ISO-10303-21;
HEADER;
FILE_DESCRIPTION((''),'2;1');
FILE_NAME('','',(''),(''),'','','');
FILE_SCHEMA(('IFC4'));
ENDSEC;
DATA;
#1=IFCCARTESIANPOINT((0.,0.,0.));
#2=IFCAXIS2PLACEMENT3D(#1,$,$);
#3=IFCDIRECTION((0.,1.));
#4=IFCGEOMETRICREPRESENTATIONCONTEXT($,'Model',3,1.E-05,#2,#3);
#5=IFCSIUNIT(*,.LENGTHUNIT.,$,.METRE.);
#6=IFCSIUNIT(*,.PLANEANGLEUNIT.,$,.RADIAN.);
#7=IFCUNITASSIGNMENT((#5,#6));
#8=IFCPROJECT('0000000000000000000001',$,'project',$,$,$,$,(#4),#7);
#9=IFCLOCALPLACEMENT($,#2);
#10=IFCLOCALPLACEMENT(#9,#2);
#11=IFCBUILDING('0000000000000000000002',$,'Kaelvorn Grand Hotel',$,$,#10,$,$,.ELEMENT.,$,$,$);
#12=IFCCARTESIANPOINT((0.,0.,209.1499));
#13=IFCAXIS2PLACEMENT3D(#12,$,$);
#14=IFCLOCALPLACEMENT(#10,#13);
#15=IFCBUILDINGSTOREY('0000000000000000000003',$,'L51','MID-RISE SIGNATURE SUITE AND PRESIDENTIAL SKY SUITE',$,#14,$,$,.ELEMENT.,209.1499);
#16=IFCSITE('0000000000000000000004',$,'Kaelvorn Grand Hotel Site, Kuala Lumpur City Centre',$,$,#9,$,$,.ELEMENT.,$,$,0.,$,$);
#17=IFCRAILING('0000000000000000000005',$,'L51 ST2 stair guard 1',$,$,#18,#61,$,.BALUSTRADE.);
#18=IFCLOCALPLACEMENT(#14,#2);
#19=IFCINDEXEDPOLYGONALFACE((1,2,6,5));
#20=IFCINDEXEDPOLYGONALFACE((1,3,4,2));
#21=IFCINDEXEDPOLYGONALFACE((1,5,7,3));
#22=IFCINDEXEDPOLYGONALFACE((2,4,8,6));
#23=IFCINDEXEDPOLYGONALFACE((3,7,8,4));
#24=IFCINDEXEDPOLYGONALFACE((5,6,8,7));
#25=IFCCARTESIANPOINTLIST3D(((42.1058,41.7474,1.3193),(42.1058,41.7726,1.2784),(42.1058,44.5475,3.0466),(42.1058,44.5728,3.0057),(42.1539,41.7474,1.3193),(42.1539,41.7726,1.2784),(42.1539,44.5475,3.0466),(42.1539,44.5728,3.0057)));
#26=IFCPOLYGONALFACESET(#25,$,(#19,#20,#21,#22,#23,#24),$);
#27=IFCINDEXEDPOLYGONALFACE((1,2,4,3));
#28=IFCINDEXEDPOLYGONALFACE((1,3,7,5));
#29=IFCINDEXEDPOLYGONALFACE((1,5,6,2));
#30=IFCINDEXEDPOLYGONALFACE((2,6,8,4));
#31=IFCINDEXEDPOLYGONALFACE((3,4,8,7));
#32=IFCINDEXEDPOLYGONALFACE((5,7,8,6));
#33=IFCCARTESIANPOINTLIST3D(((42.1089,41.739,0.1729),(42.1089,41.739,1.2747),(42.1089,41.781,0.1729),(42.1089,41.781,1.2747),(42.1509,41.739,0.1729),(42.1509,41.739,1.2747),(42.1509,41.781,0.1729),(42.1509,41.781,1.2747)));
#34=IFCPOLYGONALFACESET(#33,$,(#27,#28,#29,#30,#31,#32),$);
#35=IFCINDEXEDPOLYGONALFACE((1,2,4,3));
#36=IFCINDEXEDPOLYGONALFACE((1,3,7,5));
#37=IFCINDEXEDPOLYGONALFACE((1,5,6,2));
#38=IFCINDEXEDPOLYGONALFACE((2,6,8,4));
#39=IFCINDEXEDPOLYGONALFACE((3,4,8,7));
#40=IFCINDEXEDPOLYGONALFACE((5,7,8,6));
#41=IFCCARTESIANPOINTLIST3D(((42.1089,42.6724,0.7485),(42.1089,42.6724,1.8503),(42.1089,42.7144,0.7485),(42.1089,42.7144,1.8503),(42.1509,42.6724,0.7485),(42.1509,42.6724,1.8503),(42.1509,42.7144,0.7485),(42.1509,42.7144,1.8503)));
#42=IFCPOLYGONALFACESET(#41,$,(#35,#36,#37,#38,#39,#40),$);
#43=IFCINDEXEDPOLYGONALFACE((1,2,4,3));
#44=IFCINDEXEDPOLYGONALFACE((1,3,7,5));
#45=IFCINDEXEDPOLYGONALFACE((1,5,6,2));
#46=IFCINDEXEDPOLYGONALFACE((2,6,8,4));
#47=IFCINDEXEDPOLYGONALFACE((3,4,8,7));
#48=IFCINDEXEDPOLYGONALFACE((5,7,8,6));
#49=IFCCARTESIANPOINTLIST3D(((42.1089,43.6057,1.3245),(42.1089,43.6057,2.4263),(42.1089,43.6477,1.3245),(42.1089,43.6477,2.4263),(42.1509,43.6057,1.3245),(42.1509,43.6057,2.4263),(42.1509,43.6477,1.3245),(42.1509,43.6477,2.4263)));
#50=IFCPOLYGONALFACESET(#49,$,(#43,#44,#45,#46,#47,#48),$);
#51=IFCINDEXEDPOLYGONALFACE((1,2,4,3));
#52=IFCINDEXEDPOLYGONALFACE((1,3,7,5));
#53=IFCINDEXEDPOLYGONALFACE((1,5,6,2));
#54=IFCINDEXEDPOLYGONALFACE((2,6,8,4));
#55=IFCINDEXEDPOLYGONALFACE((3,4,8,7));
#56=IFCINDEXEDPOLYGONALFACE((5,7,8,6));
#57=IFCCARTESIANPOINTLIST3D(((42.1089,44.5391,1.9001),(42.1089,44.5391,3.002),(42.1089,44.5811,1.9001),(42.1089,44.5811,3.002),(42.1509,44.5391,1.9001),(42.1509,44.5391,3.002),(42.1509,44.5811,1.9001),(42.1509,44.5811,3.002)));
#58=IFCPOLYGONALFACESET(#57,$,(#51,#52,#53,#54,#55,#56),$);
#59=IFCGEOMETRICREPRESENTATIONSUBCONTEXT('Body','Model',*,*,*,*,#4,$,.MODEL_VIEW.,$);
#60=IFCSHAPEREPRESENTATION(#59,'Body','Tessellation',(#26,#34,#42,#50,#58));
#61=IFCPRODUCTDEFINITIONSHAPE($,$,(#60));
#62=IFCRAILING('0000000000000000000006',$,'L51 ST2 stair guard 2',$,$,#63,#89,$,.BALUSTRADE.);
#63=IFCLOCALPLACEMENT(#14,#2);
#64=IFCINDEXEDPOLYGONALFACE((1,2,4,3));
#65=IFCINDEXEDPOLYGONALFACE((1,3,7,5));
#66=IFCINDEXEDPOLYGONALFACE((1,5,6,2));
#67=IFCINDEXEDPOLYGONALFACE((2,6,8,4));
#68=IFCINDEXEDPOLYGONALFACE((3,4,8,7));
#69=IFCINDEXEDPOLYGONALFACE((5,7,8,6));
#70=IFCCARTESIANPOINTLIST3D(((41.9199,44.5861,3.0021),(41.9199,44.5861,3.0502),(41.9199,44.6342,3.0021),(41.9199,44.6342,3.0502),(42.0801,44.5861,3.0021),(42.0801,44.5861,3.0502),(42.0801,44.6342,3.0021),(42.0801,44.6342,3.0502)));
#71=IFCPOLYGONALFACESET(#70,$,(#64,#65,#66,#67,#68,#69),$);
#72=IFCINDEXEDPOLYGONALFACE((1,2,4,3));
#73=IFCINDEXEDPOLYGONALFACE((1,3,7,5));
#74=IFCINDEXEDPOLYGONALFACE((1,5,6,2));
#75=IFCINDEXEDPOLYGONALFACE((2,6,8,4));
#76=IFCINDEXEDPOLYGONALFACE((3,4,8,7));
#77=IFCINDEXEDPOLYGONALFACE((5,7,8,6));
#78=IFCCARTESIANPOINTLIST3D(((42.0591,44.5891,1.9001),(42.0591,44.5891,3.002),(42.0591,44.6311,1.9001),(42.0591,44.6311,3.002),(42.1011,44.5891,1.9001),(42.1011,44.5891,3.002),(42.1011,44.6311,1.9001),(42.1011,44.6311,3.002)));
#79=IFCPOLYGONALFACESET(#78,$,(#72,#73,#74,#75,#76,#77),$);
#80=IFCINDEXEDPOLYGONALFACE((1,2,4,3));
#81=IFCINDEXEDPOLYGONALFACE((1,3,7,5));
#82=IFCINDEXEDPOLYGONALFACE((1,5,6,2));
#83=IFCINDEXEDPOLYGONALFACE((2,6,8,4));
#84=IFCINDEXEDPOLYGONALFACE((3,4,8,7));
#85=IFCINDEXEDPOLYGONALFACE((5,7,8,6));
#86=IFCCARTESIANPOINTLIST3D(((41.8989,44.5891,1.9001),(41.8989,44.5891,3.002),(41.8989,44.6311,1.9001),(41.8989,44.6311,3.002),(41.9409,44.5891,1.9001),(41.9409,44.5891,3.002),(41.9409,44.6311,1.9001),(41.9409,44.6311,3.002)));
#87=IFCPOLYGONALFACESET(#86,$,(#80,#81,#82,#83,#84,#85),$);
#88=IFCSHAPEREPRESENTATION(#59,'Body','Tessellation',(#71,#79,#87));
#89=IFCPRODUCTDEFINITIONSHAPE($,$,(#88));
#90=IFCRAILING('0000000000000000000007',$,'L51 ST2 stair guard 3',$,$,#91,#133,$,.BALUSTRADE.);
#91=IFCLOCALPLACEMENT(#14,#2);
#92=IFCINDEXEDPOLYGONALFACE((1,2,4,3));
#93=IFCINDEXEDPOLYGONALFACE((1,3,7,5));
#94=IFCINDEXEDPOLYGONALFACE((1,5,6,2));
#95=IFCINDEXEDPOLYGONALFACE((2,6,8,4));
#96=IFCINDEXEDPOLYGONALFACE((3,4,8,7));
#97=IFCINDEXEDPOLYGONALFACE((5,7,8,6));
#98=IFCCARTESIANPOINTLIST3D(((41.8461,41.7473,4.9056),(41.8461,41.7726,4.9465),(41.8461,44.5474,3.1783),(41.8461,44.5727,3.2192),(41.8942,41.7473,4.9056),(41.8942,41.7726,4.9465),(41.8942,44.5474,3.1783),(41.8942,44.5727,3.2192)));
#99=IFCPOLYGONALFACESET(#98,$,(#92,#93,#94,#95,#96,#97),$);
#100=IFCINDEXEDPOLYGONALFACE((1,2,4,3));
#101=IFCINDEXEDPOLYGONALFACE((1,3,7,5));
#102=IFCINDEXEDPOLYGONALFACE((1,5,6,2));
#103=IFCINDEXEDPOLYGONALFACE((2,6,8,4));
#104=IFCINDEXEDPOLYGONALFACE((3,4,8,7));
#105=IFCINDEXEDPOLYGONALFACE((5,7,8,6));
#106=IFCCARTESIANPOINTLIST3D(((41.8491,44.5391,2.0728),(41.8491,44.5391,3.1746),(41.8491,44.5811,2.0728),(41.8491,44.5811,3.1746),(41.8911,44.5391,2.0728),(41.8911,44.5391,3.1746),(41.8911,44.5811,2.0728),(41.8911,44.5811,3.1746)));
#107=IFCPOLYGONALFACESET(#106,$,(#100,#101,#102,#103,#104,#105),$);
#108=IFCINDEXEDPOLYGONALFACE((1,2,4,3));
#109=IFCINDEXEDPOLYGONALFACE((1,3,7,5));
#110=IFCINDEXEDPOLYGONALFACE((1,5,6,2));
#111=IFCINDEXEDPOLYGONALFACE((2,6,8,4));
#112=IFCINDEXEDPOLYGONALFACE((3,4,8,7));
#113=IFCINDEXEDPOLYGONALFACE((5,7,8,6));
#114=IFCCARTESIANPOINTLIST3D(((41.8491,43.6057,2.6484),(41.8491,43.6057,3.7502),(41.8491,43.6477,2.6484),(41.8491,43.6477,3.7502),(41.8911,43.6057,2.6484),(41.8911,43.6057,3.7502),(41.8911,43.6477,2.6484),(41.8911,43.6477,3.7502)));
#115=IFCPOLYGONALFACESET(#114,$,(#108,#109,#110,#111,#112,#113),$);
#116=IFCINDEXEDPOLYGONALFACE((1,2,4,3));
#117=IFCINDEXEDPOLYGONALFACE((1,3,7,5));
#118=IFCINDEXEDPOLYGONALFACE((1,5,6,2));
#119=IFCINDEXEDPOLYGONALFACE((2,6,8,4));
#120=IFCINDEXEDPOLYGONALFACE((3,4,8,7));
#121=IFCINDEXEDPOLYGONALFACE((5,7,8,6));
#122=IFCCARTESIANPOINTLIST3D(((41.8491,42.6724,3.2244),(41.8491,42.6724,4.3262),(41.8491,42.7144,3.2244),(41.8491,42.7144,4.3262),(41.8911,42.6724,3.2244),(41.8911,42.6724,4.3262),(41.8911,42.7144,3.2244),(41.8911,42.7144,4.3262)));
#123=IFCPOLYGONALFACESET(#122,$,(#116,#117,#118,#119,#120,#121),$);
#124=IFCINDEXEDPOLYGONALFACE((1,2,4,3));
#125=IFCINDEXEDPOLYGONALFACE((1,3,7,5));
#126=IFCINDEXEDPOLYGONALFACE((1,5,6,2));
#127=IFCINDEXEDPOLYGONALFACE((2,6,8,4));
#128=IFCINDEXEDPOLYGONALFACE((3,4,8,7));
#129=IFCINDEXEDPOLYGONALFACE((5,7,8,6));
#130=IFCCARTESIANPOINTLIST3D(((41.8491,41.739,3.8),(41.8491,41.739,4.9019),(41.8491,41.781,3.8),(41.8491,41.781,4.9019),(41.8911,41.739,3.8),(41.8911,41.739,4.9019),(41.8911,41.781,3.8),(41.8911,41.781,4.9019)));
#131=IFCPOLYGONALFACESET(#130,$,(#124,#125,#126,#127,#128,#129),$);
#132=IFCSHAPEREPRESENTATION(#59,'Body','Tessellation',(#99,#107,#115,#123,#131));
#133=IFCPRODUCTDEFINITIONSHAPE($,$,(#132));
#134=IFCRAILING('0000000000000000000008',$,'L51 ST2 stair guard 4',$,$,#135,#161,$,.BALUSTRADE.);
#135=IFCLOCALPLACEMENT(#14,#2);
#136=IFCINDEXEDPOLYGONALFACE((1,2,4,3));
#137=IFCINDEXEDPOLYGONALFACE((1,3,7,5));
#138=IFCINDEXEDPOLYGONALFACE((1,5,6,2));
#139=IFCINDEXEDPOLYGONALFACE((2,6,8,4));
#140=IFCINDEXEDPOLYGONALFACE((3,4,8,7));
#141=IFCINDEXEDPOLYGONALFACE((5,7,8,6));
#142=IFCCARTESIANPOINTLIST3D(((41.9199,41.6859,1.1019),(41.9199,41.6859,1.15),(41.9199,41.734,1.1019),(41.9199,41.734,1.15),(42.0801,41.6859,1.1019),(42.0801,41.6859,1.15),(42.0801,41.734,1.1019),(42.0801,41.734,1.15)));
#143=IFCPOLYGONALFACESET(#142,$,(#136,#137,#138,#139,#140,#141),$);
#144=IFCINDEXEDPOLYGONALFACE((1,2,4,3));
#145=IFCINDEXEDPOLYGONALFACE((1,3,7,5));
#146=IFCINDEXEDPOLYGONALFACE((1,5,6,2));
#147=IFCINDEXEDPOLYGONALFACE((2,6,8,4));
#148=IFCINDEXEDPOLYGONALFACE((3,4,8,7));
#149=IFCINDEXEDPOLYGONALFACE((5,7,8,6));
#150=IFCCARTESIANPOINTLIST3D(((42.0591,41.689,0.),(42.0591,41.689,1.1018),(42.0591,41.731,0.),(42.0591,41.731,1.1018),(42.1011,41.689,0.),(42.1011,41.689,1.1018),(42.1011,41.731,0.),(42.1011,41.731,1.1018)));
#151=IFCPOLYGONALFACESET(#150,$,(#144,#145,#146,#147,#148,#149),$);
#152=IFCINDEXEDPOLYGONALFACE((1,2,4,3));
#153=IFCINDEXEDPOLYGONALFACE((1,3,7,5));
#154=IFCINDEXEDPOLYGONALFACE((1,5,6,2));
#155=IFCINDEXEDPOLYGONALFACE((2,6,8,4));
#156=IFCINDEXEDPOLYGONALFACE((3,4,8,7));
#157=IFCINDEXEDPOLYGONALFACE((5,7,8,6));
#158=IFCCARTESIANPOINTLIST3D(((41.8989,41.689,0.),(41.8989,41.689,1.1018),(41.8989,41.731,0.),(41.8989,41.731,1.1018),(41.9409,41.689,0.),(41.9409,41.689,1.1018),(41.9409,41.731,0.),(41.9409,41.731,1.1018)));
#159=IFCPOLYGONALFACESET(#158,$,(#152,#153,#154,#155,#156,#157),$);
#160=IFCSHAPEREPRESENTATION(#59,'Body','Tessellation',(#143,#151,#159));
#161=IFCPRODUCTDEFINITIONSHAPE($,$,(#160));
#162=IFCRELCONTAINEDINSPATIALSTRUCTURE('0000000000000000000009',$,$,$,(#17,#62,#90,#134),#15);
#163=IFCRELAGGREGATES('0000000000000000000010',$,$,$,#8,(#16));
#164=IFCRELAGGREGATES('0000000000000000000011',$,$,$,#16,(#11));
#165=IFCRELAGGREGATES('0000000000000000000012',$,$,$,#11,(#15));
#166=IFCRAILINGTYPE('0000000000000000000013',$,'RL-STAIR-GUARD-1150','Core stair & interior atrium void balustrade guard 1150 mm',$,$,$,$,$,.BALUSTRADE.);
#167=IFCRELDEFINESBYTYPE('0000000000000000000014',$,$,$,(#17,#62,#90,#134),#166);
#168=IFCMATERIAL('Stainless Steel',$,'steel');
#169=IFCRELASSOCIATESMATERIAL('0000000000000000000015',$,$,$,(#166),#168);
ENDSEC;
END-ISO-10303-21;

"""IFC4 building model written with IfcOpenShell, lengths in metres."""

from ifc_helpers import new_model, si_unit, direction, frame, origin, origin_2d, place, context, subcontext, project, spatial, rectangle, extrude, material, type_object, element, save


model = new_model("IFC4")

# Units and contexts
model_context = context("Model", 3, precision=1e-05, world=origin(), true_north=direction((0.0, 1.0)))
body_context = subcontext(model_context, "Body", "Model", "MODEL_VIEW")
ifc_project = project(units=[si_unit("LENGTHUNIT", "METRE"), si_unit("PLANEANGLEUNIT", "RADIAN")], contexts=[model_context])

# Site, building, storey
site_placement = place(None, origin())
site = spatial("IfcSite", under=ifc_project, at=site_placement, Name="Kaelvorn Grand Hotel Site, Kuala Lumpur City Centre", CompositionType="ELEMENT", RefElevation=0.0)
building_placement = place(site_placement, origin())
building = spatial("IfcBuilding", under=site, at=building_placement, Name="Kaelvorn Grand Hotel", CompositionType="ELEMENT")
storey_placement = place(building_placement, frame((0.0, 0.0, 209.1499)))
storey = spatial("IfcBuildingStorey", under=building, at=storey_placement, Name="L51", Description="MID-RISE SIGNATURE SUITE AND PRESIDENTIAL SKY SUITE", CompositionType="ELEMENT", Elevation=209.1499)

# Railings
ifc_material_1 = material(Name="Stainless Steel", Category="steel")
railing_type_1 = type_object("IfcRailingType", Name="RL-STAIR-GUARD-1150", Description="Core stair & interior atrium void balustrade guard 1150 mm", PredefinedType="BALUSTRADE", material=ifc_material_1)
railing_1_placement = place(storey_placement, frame((42.1299, 41.76, 0.1729)))
element("IfcRailing", 1, at=railing_1_placement, inside=storey, type_object=railing_type_1, Name="L51 ST2 stair guard 1", PredefinedType="BALUSTRADE", context=body_context, shape_type="SweptSolid", body=[
    extrude(rectangle(XDim=0.0481, YDim=0.0481, at=origin_2d()), frame((0.0, 0.0, 1.126), z_axis=(0.0, 0.85109, 0.52502), x_axis=(-1.0, 0.0, 0.0)), (0.0, 0.0, 1.0), 3.29),
    extrude(rectangle(XDim=0.042, YDim=0.042, at=origin_2d()), origin(), (0.0, 0.0, 1.0), 1.1018),
    extrude(rectangle(XDim=0.042, YDim=0.042, at=origin_2d()), frame((0.0, 0.9333, 0.5757)), (0.0, 0.0, 1.0), 1.1018),
    extrude(rectangle(XDim=0.042, YDim=0.042, at=origin_2d()), frame((0.0, 1.8667, 1.1516)), (0.0, 0.0, 1.0), 1.1018),
    extrude(rectangle(XDim=0.042, YDim=0.042, at=origin_2d()), frame((0.0, 2.8, 1.7273)), (0.0, 0.0, 1.0), 1.1018),
])
railing_2_placement = place(storey_placement, frame((42.0801, 44.6101, 1.9001)))
element("IfcRailing", 2, at=railing_2_placement, inside=storey, type_object=railing_type_1, Name="L51 ST2 stair guard 2", PredefinedType="BALUSTRADE", context=body_context, shape_type="SweptSolid", body=[
    extrude(rectangle(XDim=0.0481, YDim=0.0481, at=origin_2d()), frame((0.0, 0.0, 1.126), z_axis=(-1.0, 0.0, 0.0), x_axis=(0.0, -1.0, 0.0)), (0.0, 0.0, 1.0), 0.1602),
    extrude(rectangle(XDim=0.042, YDim=0.042, at=origin_2d()), origin(), (0.0, 0.0, 1.0), 1.1018),
    extrude(rectangle(XDim=0.042, YDim=0.042, at=origin_2d()), frame((-0.1602, 0.0, 0.0)), (0.0, 0.0, 1.0), 1.1018),
])
railing_3_placement = place(storey_placement, frame((41.8701, 44.5601, 2.0728)))
element("IfcRailing", 3, at=railing_3_placement, inside=storey, type_object=railing_type_1, Name="L51 ST2 stair guard 3", PredefinedType="BALUSTRADE", context=body_context, shape_type="SweptSolid", body=[
    extrude(rectangle(XDim=0.0481, YDim=0.0481, at=origin_2d()), frame((0.0, 0.0, 1.126), z_axis=(0.0, -0.85109, 0.52502), x_axis=(1.0, 0.0, 0.0)), (0.0, 0.0, 1.0), 3.29),
    extrude(rectangle(XDim=0.042, YDim=0.042, at=origin_2d()), origin(), (0.0, 0.0, 1.0), 1.1018),
    extrude(rectangle(XDim=0.042, YDim=0.042, at=origin_2d()), frame((0.0, -0.9333, 0.5757)), (0.0, 0.0, 1.0), 1.1018),
    extrude(rectangle(XDim=0.042, YDim=0.042, at=origin_2d()), frame((0.0, -1.8667, 1.1516)), (0.0, 0.0, 1.0), 1.1018),
    extrude(rectangle(XDim=0.042, YDim=0.042, at=origin_2d()), frame((0.0, -2.8, 1.7273)), (0.0, 0.0, 1.0), 1.1018),
])
railing_4_placement = place(storey_placement, frame((42.0801, 41.71, 0.0)))
element("IfcRailing", 4, at=railing_4_placement, inside=storey, type_object=railing_type_1, Name="L51 ST2 stair guard 4", PredefinedType="BALUSTRADE", context=body_context, shape_type="SweptSolid", body=[
    extrude(rectangle(XDim=0.0481, YDim=0.0481, at=origin_2d()), frame((0.0, 0.0, 1.126), z_axis=(-1.0, 0.0, 0.0), x_axis=(0.0, -1.0, 0.0)), (0.0, 0.0, 1.0), 0.1602),
    extrude(rectangle(XDim=0.042, YDim=0.042, at=origin_2d()), origin(), (0.0, 0.0, 1.0), 1.1018),
    extrude(rectangle(XDim=0.042, YDim=0.042, at=origin_2d()), frame((-0.1602, 0.0, 0.0)), (0.0, 0.0, 1.0), 1.1018),
])

save(model, "model.ifc")
